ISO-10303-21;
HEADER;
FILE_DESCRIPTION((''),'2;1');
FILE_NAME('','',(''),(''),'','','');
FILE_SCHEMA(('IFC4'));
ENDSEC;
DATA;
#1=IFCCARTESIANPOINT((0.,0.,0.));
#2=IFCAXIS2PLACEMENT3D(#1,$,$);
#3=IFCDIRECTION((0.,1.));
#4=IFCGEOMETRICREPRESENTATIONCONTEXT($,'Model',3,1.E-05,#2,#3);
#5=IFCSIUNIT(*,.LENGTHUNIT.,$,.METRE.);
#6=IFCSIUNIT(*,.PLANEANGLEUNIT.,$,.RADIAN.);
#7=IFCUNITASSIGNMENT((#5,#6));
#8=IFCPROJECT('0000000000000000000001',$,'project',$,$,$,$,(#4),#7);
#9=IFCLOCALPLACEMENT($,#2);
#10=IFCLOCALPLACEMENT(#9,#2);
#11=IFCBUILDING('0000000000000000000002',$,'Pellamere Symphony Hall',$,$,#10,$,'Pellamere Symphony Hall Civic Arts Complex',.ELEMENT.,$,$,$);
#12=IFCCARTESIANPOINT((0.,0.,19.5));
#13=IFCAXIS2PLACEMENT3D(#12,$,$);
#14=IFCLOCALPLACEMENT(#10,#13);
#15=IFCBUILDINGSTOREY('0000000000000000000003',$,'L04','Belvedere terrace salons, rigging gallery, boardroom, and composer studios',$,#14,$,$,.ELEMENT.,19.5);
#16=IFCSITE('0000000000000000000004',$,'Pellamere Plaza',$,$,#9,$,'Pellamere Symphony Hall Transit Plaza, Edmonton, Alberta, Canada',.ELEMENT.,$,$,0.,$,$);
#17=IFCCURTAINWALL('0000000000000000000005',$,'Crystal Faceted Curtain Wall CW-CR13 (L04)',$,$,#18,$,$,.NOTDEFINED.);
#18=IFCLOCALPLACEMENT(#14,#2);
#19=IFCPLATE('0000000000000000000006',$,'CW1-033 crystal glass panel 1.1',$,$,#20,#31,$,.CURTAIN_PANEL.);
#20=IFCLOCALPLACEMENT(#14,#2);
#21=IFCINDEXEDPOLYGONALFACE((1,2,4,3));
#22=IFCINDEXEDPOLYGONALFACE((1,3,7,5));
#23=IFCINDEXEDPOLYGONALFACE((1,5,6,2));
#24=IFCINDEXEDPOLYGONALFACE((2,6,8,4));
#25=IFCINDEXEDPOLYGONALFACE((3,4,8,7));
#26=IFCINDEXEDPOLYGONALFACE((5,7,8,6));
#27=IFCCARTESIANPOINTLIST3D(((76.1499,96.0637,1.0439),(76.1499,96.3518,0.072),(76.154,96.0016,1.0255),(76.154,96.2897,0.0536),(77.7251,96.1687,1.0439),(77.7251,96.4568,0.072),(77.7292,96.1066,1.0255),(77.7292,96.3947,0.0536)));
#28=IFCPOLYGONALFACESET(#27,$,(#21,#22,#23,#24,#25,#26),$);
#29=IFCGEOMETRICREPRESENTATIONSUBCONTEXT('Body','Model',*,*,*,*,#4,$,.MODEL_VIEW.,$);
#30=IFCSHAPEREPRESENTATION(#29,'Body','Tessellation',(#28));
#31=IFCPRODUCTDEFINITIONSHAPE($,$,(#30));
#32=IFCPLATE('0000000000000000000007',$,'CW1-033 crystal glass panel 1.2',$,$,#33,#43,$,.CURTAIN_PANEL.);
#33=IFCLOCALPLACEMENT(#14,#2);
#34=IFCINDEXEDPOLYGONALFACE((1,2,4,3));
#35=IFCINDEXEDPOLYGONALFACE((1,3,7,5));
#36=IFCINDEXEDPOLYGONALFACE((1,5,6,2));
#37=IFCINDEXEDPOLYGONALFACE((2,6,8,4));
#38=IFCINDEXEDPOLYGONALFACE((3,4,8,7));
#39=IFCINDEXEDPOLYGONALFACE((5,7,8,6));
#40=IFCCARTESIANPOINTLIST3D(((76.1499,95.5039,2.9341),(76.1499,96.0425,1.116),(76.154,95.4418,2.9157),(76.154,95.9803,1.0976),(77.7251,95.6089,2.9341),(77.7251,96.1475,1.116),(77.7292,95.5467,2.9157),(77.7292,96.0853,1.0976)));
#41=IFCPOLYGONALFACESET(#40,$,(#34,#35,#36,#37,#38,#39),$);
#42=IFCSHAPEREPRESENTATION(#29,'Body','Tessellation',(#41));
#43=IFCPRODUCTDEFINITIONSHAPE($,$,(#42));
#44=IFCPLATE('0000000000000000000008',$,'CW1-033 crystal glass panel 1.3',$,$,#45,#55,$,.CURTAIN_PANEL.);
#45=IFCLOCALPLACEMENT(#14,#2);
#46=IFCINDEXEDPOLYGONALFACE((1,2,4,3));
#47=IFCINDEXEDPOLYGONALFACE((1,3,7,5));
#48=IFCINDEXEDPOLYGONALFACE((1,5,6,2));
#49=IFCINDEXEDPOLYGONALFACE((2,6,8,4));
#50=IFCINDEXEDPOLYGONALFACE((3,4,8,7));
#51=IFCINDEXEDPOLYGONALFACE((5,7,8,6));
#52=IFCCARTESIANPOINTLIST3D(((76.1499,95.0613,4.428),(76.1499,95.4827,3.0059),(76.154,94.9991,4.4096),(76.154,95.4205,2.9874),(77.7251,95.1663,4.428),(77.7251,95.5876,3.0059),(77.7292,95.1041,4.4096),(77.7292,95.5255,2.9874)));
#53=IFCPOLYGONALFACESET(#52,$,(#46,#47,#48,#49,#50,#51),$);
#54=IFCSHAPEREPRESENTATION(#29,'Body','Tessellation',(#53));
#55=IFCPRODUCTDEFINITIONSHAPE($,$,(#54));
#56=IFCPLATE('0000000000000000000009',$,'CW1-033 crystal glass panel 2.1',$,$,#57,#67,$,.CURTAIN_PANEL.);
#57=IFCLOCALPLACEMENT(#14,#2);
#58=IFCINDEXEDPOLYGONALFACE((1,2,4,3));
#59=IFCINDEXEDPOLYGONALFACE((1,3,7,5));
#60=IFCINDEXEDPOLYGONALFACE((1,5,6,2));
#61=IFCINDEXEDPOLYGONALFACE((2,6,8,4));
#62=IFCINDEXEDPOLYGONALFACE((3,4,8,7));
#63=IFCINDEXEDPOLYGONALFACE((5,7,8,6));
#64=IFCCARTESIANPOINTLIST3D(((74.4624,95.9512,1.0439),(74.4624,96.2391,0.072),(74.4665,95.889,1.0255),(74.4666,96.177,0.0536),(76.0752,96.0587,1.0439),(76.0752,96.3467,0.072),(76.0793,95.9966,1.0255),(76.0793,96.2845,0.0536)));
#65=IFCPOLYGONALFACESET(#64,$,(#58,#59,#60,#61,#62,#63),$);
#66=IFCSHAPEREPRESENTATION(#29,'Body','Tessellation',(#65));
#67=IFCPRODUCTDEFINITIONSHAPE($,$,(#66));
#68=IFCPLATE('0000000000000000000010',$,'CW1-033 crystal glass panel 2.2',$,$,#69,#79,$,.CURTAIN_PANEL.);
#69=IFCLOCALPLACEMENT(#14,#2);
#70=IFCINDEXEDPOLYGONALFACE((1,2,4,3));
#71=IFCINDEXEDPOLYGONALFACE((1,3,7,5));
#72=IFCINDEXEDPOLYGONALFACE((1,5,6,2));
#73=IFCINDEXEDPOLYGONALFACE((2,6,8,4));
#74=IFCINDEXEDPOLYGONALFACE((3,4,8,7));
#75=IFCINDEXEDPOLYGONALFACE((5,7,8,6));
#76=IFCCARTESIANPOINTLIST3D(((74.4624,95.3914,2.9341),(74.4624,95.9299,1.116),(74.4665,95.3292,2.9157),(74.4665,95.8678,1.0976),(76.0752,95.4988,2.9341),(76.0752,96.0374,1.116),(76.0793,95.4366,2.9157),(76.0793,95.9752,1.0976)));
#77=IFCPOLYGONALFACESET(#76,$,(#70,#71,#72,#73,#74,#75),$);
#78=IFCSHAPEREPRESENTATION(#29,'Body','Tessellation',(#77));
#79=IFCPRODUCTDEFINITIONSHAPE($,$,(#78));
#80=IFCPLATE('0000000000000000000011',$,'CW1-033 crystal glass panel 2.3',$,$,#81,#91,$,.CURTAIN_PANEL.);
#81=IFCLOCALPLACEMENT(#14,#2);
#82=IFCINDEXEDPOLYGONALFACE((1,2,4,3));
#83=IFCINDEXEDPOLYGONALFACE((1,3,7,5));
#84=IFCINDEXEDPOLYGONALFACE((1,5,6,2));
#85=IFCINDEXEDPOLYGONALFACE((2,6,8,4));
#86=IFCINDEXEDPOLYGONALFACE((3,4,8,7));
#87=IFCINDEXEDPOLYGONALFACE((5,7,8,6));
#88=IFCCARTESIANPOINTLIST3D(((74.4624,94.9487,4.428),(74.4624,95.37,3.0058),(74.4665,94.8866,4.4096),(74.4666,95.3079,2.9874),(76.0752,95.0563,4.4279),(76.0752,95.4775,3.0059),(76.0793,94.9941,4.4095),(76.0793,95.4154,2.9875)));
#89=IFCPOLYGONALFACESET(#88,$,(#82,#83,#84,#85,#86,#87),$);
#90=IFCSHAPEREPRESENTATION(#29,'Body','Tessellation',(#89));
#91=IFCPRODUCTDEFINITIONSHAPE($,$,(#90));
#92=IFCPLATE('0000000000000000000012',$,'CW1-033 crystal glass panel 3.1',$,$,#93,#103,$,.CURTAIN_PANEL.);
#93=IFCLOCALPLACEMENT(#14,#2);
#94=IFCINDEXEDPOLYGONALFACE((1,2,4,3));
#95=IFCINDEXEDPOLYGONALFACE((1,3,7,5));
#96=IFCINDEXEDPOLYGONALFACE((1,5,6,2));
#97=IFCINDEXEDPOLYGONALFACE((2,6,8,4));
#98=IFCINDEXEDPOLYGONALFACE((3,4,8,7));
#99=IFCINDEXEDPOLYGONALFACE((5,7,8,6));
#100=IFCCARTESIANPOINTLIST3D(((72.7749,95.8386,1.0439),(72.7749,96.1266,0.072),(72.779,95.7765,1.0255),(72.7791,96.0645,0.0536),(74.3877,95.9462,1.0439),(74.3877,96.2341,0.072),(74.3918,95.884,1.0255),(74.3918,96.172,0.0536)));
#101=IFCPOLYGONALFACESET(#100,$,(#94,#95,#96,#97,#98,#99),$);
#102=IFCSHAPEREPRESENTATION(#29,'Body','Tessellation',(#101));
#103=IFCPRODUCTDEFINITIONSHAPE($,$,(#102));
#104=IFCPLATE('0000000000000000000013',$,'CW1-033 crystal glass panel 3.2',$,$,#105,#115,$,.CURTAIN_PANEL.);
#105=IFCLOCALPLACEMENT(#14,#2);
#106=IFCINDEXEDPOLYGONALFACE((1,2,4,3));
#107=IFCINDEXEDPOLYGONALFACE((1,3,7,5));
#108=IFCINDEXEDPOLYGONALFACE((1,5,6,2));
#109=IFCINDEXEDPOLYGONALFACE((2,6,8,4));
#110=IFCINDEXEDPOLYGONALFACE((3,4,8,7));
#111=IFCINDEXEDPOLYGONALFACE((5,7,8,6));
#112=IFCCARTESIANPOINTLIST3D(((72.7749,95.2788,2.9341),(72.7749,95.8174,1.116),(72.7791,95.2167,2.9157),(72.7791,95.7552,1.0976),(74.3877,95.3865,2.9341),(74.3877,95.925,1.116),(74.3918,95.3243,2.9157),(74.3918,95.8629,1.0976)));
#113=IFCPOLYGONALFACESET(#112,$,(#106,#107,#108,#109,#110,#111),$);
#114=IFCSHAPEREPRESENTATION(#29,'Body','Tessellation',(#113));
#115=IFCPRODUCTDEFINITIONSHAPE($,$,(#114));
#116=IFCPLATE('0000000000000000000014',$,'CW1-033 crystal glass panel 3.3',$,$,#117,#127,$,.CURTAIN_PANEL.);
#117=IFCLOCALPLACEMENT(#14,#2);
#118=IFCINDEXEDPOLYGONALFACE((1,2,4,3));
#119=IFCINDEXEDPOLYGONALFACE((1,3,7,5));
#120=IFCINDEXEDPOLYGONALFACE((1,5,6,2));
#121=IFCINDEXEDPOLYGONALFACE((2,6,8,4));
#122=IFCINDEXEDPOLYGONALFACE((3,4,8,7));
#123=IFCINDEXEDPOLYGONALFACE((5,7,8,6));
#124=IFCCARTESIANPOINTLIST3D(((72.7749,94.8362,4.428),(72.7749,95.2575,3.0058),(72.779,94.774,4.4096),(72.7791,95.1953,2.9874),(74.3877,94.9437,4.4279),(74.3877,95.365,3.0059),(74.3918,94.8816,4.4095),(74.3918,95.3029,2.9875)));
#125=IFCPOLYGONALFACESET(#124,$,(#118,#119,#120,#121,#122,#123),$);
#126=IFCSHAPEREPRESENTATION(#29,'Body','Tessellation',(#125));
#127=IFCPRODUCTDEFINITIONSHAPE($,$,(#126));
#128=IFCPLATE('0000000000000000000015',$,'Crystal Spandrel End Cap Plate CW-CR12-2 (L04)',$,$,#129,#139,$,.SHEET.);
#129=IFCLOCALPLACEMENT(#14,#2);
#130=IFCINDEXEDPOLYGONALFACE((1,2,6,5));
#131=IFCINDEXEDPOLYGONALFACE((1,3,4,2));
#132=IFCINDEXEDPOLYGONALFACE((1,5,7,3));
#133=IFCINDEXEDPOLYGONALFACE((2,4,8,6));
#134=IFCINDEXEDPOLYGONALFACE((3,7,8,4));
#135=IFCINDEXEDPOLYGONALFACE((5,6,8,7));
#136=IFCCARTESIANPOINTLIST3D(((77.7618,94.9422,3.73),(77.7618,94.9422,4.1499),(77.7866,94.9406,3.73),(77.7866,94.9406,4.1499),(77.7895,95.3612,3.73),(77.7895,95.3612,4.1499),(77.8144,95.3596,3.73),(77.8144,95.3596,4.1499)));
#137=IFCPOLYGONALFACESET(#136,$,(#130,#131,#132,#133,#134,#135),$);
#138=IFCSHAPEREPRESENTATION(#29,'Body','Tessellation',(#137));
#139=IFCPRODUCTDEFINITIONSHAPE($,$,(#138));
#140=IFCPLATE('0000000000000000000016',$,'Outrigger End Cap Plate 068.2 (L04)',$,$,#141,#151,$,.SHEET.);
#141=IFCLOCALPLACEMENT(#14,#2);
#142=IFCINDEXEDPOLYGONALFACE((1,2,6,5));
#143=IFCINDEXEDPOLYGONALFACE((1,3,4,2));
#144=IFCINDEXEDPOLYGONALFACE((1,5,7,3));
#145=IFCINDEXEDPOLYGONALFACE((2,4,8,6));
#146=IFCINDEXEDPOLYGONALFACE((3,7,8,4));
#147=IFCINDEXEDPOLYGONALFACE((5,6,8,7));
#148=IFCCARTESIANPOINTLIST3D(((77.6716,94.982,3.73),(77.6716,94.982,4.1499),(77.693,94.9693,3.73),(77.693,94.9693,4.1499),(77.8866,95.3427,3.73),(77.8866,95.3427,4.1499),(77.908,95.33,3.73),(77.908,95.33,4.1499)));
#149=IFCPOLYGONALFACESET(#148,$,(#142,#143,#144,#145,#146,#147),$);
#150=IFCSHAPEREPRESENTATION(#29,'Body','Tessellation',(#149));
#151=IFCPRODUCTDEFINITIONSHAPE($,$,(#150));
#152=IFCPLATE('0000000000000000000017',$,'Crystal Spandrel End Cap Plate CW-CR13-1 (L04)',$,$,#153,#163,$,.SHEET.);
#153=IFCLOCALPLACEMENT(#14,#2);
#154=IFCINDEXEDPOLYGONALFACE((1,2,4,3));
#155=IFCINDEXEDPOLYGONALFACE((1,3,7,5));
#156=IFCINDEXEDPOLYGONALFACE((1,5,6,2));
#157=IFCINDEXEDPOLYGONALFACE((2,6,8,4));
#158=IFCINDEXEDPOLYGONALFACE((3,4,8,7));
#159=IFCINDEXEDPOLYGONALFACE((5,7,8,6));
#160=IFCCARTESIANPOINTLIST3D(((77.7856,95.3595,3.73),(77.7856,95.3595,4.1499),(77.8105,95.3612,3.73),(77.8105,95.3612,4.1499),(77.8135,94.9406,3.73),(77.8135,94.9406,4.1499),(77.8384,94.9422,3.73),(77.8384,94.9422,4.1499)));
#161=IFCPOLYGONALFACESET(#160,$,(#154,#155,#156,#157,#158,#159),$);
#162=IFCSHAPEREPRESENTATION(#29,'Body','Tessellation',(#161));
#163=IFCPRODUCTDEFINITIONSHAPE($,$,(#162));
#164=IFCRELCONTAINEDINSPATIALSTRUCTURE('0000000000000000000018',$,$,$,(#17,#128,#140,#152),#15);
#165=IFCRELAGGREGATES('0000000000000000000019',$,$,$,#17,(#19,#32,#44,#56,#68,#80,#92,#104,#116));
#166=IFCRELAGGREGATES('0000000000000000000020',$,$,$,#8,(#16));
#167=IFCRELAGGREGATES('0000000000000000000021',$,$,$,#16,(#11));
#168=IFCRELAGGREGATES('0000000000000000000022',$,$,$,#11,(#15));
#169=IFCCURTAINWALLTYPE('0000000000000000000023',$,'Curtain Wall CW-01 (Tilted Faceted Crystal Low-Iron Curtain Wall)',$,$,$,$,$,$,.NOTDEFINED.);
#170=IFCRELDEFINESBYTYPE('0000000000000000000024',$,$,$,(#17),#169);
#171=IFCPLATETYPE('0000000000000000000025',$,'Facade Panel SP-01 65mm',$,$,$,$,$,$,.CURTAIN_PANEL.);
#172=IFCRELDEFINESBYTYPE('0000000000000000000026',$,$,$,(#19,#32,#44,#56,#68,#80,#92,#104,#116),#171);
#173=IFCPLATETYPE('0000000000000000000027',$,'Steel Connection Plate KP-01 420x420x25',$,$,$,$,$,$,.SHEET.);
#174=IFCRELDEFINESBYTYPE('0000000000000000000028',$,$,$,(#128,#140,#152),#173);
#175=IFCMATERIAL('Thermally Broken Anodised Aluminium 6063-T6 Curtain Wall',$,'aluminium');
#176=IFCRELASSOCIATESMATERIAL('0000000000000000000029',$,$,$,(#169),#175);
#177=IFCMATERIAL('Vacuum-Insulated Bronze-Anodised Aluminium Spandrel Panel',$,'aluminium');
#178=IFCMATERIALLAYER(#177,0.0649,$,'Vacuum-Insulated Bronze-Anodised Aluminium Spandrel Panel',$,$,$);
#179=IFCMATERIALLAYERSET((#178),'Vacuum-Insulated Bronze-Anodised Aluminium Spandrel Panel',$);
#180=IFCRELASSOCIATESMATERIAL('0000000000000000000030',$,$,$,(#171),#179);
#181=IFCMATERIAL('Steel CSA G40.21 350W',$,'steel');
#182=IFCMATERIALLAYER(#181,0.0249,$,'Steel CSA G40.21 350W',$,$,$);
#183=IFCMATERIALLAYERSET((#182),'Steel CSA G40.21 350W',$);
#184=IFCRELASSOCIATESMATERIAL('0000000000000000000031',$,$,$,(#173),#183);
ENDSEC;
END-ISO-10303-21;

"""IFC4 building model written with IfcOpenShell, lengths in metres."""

from ifc_helpers import new_model, si_unit, direction, frame, origin, origin_2d, place, context, subcontext, project, spatial, polyline, rectangle, outline, extrude, material, layer, layer_set, type_object, element, aggregate, save


model = new_model("IFC4")

# Units and contexts
model_context = context("Model", 3, precision=1e-05, world=origin(), true_north=direction((0.0, 1.0)))
body_context = subcontext(model_context, "Body", "Model", "MODEL_VIEW")
ifc_project = project(units=[si_unit("LENGTHUNIT", "METRE"), si_unit("PLANEANGLEUNIT", "RADIAN")], contexts=[model_context])

# Site, building, storey
site_placement = place(None, origin())
site = spatial("IfcSite", under=ifc_project, at=site_placement, Name="Pellamere Plaza", LongName="Pellamere Symphony Hall Transit Plaza, Edmonton, Alberta, Canada", CompositionType="ELEMENT", RefElevation=0.0)
building_placement = place(site_placement, origin())
building = spatial("IfcBuilding", under=site, at=building_placement, Name="Pellamere Symphony Hall", LongName="Pellamere Symphony Hall Civic Arts Complex", CompositionType="ELEMENT")
storey_placement = place(building_placement, frame((0.0, 0.0, 19.5)))
storey = spatial("IfcBuildingStorey", under=building, at=storey_placement, Name="L04", Description="Belvedere terrace salons, rigging gallery, boardroom, and composer studios", CompositionType="ELEMENT", Elevation=19.5)

# Shared definitions
ifc_material_1 = material(Name="Thermally Broken Anodised Aluminium 6063-T6 Curtain Wall", Category="aluminium")
curtain_wall_type = type_object("IfcCurtainWallType", Name="Curtain Wall CW-01 (Tilted Faceted Crystal Low-Iron Curtain Wall)", PredefinedType="NOTDEFINED", material=ifc_material_1)

# Curtain wall
curtain_wall_1_placement = place(storey_placement, origin())
curtain_wall_1 = element("IfcCurtainWall", 1, at=curtain_wall_1_placement, inside=storey, type_object=curtain_wall_type, Name="Crystal Faceted Curtain Wall CW-CR13 (L04)", PredefinedType="NOTDEFINED")

# Shared definitions
ifc_material_2 = material(Name="Steel CSA G40.21 350W", Category="steel")

# Plates
ifc_material_3 = material(Name="Vacuum-Insulated Bronze-Anodised Aluminium Spandrel Panel", Category="aluminium")
ifc_layer_1 = layer(ifc_material_3, 0.0649, Name="Vacuum-Insulated Bronze-Anodised Aluminium Spandrel Panel")
ifc_layer_set_1 = layer_set([ifc_layer_1], Name="Vacuum-Insulated Bronze-Anodised Aluminium Spandrel Panel")
plate_type_1 = type_object("IfcPlateType", Name="Facade Panel SP-01 65mm", PredefinedType="CURTAIN_PANEL", material=ifc_layer_set_1)
plate_1_placement = place(storey_placement, frame((77.7251, 96.4568, 0.072), z_axis=(-0.063768, 0.956818, 0.283608), x_axis=(-0.997787, -0.066498, 0.0)))
plate_1 = element("IfcPlate", 2, at=plate_1_placement, type_object=plate_type_1, Name="CW1-033 crystal glass panel 1.1", PredefinedType="CURTAIN_PANEL", context=body_context, shape_type="SweptSolid", body=[
    extrude(outline(polyline([(0.0, 0.0), (1.5787, 0.0), (1.5978, 1.0135), (0.0192, 1.0135), (0.0, 0.0)])), origin(), (0.0, 0.0, -1.0), 0.0649),
])
plate_2_placement = place(storey_placement, frame((77.7251, 96.1475, 1.116), z_axis=(-0.063771, 0.956865, 0.283449), x_axis=(-0.997787, -0.066498, 0.0)))
plate_2 = element("IfcPlate", 3, at=plate_2_placement, type_object=plate_type_1, Name="CW1-033 crystal glass panel 1.2", PredefinedType="CURTAIN_PANEL", context=body_context, shape_type="SweptSolid", body=[
    extrude(outline(polyline([(0.0, 0.0), (1.5787, 0.0), (1.6145, 1.8959), (0.0358, 1.8959), (0.0, 0.0)])), origin(), (0.0, 0.0, -1.0), 0.0649),
])
plate_3_placement = place(storey_placement, frame((77.7251, 95.5876, 3.0059), z_axis=(-0.06377, 0.956843, 0.283521), x_axis=(-0.997787, -0.066498, 0.0)))
plate_3 = element("IfcPlate", 4, at=plate_3_placement, type_object=plate_type_1, Name="CW1-033 crystal glass panel 1.3", PredefinedType="CURTAIN_PANEL", context=body_context, shape_type="SweptSolid", body=[
    extrude(outline(polyline([(0.0, 0.0), (1.5787, 0.0), (1.6067, 1.483), (0.028, 1.483), (0.0, 0.0)])), origin(), (0.0, 0.0, -1.0), 0.0649),
])
plate_4_placement = place(storey_placement, frame((76.0752, 96.3467, 0.072), z_axis=(-0.063804, 0.956848, 0.283497), x_axis=(-0.997785, -0.066528, -0.00002)))
plate_4 = element("IfcPlate", 5, at=plate_4_placement, type_object=plate_type_1, Name="CW1-033 crystal glass panel 2.1", PredefinedType="CURTAIN_PANEL", context=body_context, shape_type="SweptSolid", body=[
    extrude(outline(polyline([(0.0, 0.0), (1.6164, 0.0), (1.6355, 1.0135), (0.0191, 1.0135), (0.0, 0.0)])), origin(), (0.0, 0.0, -1.0), 0.0649),
])
plate_5_placement = place(storey_placement, frame((76.0752, 96.0374, 1.116), z_axis=(-0.063733, 0.956867, 0.28345), x_axis=(-0.997789, -0.066459, 0.0)))
plate_5 = element("IfcPlate", 6, at=plate_5_placement, type_object=plate_type_1, Name="CW1-033 crystal glass panel 2.2", PredefinedType="CURTAIN_PANEL", context=body_context, shape_type="SweptSolid", body=[
    extrude(outline(polyline([(0.0, 0.0), (1.6164, 0.0), (1.6522, 1.8959), (0.0358, 1.8959), (0.0, 0.0)])), origin(), (0.0, 0.0, -1.0), 0.0649),
])
plate_6_placement = place(storey_placement, frame((76.0752, 95.4775, 3.0059), z_axis=(-0.063805, 0.956863, 0.283445), x_axis=(-0.997785, -0.066528, -0.00002)))
plate_6 = element("IfcPlate", 7, at=plate_6_placement, type_object=plate_type_1, Name="CW1-033 crystal glass panel 2.3", PredefinedType="CURTAIN_PANEL", context=body_context, shape_type="SweptSolid", body=[
    extrude(outline(polyline([(0.0, 0.0), (1.6164, 0.0), (1.6444, 1.483), (0.028, 1.4829), (0.0, 0.0)])), origin(), (0.0, 0.0, -1.0), 0.0649),
])
plate_7_placement = place(storey_placement, frame((74.3877, 96.2341, 0.072), z_axis=(-0.063804, 0.956848, 0.283497), x_axis=(-0.997785, -0.066528, -0.00002)))
plate_7 = element("IfcPlate", 8, at=plate_7_placement, type_object=plate_type_1, Name="CW1-033 crystal glass panel 3.1", PredefinedType="CURTAIN_PANEL", context=body_context, shape_type="SweptSolid", body=[
    extrude(outline(polyline([(0.0, 0.0), (1.6164, 0.0), (1.6355, 1.0135), (0.0191, 1.0135), (0.0, 0.0)])), origin(), (0.0, 0.0, -1.0), 0.0649),
])
plate_8_placement = place(storey_placement, frame((74.3877, 95.925, 1.116), z_axis=(-0.063877, 0.956858, 0.283447), x_axis=(-0.997779, -0.066609, 0.0)))
plate_8 = element("IfcPlate", 9, at=plate_8_placement, type_object=plate_type_1, Name="CW1-033 crystal glass panel 3.2", PredefinedType="CURTAIN_PANEL", context=body_context, shape_type="SweptSolid", body=[
    extrude(outline(polyline([(0.0, 0.0), (1.6164, 0.0), (1.6523, 1.8959), (0.0359, 1.8959), (0.0, 0.0)])), origin(), (0.0, 0.0, -1.0), 0.0649),
])
plate_9_placement = place(storey_placement, frame((74.3877, 95.365, 3.0059), z_axis=(-0.063805, 0.956863, 0.283445), x_axis=(-0.997785, -0.066528, -0.00002)))
plate_9 = element("IfcPlate", 10, at=plate_9_placement, type_object=plate_type_1, Name="CW1-033 crystal glass panel 3.3", PredefinedType="CURTAIN_PANEL", context=body_context, shape_type="SweptSolid", body=[
    extrude(outline(polyline([(0.0, 0.0), (1.6164, 0.0), (1.6444, 1.483), (0.028, 1.4829), (0.0, 0.0)])), origin(), (0.0, 0.0, -1.0), 0.0649),
])
aggregate(curtain_wall_1, [plate_1, plate_2, plate_3, plate_4, plate_5, plate_6, plate_7, plate_8, plate_9])

# Plates
ifc_layer_2 = layer(ifc_material_2, 0.0249, Name="Steel CSA G40.21 350W")
ifc_layer_set_2 = layer_set([ifc_layer_2], Name="Steel CSA G40.21 350W")
plate_type_2 = type_object("IfcPlateType", Name="Steel Connection Plate KP-01 420x420x25", PredefinedType="SHEET", material=ifc_layer_set_2)
for number, where, z_axis, x_axis, name in (
    (11, (77.7881, 95.1509, 3.73), (0.0, 0.0, 1.0), (-0.997813, 0.0661, 0.0), "Crystal Spandrel End Cap Plate CW-CR12-2 (L04)"),
    (12, (77.7898, 95.156, 3.73), (0.0, 0.0, 1.0), (-0.85896, 0.512043, 0.0), "Outrigger End Cap Plate 068.2 (L04)"),
    (13, (77.812, 95.1509, 3.73), (0.0, 0.0, 1.0), (-0.99779, -0.066448, 0.0), "Crystal Spandrel End Cap Plate CW-CR13-1 (L04)"),
):
    element("IfcPlate", number, at=place(storey_placement, frame(where, z_axis=z_axis, x_axis=x_axis)), inside=storey, type_object=plate_type_2, Name=name, PredefinedType="SHEET", context=body_context, shape_type="SweptSolid", body=[
        extrude(rectangle(XDim=0.0249, YDim=0.4199, at=origin_2d()), origin(), (0.0, 0.0, 1.0), 0.4199),
    ])

save(model, "model.ifc")
